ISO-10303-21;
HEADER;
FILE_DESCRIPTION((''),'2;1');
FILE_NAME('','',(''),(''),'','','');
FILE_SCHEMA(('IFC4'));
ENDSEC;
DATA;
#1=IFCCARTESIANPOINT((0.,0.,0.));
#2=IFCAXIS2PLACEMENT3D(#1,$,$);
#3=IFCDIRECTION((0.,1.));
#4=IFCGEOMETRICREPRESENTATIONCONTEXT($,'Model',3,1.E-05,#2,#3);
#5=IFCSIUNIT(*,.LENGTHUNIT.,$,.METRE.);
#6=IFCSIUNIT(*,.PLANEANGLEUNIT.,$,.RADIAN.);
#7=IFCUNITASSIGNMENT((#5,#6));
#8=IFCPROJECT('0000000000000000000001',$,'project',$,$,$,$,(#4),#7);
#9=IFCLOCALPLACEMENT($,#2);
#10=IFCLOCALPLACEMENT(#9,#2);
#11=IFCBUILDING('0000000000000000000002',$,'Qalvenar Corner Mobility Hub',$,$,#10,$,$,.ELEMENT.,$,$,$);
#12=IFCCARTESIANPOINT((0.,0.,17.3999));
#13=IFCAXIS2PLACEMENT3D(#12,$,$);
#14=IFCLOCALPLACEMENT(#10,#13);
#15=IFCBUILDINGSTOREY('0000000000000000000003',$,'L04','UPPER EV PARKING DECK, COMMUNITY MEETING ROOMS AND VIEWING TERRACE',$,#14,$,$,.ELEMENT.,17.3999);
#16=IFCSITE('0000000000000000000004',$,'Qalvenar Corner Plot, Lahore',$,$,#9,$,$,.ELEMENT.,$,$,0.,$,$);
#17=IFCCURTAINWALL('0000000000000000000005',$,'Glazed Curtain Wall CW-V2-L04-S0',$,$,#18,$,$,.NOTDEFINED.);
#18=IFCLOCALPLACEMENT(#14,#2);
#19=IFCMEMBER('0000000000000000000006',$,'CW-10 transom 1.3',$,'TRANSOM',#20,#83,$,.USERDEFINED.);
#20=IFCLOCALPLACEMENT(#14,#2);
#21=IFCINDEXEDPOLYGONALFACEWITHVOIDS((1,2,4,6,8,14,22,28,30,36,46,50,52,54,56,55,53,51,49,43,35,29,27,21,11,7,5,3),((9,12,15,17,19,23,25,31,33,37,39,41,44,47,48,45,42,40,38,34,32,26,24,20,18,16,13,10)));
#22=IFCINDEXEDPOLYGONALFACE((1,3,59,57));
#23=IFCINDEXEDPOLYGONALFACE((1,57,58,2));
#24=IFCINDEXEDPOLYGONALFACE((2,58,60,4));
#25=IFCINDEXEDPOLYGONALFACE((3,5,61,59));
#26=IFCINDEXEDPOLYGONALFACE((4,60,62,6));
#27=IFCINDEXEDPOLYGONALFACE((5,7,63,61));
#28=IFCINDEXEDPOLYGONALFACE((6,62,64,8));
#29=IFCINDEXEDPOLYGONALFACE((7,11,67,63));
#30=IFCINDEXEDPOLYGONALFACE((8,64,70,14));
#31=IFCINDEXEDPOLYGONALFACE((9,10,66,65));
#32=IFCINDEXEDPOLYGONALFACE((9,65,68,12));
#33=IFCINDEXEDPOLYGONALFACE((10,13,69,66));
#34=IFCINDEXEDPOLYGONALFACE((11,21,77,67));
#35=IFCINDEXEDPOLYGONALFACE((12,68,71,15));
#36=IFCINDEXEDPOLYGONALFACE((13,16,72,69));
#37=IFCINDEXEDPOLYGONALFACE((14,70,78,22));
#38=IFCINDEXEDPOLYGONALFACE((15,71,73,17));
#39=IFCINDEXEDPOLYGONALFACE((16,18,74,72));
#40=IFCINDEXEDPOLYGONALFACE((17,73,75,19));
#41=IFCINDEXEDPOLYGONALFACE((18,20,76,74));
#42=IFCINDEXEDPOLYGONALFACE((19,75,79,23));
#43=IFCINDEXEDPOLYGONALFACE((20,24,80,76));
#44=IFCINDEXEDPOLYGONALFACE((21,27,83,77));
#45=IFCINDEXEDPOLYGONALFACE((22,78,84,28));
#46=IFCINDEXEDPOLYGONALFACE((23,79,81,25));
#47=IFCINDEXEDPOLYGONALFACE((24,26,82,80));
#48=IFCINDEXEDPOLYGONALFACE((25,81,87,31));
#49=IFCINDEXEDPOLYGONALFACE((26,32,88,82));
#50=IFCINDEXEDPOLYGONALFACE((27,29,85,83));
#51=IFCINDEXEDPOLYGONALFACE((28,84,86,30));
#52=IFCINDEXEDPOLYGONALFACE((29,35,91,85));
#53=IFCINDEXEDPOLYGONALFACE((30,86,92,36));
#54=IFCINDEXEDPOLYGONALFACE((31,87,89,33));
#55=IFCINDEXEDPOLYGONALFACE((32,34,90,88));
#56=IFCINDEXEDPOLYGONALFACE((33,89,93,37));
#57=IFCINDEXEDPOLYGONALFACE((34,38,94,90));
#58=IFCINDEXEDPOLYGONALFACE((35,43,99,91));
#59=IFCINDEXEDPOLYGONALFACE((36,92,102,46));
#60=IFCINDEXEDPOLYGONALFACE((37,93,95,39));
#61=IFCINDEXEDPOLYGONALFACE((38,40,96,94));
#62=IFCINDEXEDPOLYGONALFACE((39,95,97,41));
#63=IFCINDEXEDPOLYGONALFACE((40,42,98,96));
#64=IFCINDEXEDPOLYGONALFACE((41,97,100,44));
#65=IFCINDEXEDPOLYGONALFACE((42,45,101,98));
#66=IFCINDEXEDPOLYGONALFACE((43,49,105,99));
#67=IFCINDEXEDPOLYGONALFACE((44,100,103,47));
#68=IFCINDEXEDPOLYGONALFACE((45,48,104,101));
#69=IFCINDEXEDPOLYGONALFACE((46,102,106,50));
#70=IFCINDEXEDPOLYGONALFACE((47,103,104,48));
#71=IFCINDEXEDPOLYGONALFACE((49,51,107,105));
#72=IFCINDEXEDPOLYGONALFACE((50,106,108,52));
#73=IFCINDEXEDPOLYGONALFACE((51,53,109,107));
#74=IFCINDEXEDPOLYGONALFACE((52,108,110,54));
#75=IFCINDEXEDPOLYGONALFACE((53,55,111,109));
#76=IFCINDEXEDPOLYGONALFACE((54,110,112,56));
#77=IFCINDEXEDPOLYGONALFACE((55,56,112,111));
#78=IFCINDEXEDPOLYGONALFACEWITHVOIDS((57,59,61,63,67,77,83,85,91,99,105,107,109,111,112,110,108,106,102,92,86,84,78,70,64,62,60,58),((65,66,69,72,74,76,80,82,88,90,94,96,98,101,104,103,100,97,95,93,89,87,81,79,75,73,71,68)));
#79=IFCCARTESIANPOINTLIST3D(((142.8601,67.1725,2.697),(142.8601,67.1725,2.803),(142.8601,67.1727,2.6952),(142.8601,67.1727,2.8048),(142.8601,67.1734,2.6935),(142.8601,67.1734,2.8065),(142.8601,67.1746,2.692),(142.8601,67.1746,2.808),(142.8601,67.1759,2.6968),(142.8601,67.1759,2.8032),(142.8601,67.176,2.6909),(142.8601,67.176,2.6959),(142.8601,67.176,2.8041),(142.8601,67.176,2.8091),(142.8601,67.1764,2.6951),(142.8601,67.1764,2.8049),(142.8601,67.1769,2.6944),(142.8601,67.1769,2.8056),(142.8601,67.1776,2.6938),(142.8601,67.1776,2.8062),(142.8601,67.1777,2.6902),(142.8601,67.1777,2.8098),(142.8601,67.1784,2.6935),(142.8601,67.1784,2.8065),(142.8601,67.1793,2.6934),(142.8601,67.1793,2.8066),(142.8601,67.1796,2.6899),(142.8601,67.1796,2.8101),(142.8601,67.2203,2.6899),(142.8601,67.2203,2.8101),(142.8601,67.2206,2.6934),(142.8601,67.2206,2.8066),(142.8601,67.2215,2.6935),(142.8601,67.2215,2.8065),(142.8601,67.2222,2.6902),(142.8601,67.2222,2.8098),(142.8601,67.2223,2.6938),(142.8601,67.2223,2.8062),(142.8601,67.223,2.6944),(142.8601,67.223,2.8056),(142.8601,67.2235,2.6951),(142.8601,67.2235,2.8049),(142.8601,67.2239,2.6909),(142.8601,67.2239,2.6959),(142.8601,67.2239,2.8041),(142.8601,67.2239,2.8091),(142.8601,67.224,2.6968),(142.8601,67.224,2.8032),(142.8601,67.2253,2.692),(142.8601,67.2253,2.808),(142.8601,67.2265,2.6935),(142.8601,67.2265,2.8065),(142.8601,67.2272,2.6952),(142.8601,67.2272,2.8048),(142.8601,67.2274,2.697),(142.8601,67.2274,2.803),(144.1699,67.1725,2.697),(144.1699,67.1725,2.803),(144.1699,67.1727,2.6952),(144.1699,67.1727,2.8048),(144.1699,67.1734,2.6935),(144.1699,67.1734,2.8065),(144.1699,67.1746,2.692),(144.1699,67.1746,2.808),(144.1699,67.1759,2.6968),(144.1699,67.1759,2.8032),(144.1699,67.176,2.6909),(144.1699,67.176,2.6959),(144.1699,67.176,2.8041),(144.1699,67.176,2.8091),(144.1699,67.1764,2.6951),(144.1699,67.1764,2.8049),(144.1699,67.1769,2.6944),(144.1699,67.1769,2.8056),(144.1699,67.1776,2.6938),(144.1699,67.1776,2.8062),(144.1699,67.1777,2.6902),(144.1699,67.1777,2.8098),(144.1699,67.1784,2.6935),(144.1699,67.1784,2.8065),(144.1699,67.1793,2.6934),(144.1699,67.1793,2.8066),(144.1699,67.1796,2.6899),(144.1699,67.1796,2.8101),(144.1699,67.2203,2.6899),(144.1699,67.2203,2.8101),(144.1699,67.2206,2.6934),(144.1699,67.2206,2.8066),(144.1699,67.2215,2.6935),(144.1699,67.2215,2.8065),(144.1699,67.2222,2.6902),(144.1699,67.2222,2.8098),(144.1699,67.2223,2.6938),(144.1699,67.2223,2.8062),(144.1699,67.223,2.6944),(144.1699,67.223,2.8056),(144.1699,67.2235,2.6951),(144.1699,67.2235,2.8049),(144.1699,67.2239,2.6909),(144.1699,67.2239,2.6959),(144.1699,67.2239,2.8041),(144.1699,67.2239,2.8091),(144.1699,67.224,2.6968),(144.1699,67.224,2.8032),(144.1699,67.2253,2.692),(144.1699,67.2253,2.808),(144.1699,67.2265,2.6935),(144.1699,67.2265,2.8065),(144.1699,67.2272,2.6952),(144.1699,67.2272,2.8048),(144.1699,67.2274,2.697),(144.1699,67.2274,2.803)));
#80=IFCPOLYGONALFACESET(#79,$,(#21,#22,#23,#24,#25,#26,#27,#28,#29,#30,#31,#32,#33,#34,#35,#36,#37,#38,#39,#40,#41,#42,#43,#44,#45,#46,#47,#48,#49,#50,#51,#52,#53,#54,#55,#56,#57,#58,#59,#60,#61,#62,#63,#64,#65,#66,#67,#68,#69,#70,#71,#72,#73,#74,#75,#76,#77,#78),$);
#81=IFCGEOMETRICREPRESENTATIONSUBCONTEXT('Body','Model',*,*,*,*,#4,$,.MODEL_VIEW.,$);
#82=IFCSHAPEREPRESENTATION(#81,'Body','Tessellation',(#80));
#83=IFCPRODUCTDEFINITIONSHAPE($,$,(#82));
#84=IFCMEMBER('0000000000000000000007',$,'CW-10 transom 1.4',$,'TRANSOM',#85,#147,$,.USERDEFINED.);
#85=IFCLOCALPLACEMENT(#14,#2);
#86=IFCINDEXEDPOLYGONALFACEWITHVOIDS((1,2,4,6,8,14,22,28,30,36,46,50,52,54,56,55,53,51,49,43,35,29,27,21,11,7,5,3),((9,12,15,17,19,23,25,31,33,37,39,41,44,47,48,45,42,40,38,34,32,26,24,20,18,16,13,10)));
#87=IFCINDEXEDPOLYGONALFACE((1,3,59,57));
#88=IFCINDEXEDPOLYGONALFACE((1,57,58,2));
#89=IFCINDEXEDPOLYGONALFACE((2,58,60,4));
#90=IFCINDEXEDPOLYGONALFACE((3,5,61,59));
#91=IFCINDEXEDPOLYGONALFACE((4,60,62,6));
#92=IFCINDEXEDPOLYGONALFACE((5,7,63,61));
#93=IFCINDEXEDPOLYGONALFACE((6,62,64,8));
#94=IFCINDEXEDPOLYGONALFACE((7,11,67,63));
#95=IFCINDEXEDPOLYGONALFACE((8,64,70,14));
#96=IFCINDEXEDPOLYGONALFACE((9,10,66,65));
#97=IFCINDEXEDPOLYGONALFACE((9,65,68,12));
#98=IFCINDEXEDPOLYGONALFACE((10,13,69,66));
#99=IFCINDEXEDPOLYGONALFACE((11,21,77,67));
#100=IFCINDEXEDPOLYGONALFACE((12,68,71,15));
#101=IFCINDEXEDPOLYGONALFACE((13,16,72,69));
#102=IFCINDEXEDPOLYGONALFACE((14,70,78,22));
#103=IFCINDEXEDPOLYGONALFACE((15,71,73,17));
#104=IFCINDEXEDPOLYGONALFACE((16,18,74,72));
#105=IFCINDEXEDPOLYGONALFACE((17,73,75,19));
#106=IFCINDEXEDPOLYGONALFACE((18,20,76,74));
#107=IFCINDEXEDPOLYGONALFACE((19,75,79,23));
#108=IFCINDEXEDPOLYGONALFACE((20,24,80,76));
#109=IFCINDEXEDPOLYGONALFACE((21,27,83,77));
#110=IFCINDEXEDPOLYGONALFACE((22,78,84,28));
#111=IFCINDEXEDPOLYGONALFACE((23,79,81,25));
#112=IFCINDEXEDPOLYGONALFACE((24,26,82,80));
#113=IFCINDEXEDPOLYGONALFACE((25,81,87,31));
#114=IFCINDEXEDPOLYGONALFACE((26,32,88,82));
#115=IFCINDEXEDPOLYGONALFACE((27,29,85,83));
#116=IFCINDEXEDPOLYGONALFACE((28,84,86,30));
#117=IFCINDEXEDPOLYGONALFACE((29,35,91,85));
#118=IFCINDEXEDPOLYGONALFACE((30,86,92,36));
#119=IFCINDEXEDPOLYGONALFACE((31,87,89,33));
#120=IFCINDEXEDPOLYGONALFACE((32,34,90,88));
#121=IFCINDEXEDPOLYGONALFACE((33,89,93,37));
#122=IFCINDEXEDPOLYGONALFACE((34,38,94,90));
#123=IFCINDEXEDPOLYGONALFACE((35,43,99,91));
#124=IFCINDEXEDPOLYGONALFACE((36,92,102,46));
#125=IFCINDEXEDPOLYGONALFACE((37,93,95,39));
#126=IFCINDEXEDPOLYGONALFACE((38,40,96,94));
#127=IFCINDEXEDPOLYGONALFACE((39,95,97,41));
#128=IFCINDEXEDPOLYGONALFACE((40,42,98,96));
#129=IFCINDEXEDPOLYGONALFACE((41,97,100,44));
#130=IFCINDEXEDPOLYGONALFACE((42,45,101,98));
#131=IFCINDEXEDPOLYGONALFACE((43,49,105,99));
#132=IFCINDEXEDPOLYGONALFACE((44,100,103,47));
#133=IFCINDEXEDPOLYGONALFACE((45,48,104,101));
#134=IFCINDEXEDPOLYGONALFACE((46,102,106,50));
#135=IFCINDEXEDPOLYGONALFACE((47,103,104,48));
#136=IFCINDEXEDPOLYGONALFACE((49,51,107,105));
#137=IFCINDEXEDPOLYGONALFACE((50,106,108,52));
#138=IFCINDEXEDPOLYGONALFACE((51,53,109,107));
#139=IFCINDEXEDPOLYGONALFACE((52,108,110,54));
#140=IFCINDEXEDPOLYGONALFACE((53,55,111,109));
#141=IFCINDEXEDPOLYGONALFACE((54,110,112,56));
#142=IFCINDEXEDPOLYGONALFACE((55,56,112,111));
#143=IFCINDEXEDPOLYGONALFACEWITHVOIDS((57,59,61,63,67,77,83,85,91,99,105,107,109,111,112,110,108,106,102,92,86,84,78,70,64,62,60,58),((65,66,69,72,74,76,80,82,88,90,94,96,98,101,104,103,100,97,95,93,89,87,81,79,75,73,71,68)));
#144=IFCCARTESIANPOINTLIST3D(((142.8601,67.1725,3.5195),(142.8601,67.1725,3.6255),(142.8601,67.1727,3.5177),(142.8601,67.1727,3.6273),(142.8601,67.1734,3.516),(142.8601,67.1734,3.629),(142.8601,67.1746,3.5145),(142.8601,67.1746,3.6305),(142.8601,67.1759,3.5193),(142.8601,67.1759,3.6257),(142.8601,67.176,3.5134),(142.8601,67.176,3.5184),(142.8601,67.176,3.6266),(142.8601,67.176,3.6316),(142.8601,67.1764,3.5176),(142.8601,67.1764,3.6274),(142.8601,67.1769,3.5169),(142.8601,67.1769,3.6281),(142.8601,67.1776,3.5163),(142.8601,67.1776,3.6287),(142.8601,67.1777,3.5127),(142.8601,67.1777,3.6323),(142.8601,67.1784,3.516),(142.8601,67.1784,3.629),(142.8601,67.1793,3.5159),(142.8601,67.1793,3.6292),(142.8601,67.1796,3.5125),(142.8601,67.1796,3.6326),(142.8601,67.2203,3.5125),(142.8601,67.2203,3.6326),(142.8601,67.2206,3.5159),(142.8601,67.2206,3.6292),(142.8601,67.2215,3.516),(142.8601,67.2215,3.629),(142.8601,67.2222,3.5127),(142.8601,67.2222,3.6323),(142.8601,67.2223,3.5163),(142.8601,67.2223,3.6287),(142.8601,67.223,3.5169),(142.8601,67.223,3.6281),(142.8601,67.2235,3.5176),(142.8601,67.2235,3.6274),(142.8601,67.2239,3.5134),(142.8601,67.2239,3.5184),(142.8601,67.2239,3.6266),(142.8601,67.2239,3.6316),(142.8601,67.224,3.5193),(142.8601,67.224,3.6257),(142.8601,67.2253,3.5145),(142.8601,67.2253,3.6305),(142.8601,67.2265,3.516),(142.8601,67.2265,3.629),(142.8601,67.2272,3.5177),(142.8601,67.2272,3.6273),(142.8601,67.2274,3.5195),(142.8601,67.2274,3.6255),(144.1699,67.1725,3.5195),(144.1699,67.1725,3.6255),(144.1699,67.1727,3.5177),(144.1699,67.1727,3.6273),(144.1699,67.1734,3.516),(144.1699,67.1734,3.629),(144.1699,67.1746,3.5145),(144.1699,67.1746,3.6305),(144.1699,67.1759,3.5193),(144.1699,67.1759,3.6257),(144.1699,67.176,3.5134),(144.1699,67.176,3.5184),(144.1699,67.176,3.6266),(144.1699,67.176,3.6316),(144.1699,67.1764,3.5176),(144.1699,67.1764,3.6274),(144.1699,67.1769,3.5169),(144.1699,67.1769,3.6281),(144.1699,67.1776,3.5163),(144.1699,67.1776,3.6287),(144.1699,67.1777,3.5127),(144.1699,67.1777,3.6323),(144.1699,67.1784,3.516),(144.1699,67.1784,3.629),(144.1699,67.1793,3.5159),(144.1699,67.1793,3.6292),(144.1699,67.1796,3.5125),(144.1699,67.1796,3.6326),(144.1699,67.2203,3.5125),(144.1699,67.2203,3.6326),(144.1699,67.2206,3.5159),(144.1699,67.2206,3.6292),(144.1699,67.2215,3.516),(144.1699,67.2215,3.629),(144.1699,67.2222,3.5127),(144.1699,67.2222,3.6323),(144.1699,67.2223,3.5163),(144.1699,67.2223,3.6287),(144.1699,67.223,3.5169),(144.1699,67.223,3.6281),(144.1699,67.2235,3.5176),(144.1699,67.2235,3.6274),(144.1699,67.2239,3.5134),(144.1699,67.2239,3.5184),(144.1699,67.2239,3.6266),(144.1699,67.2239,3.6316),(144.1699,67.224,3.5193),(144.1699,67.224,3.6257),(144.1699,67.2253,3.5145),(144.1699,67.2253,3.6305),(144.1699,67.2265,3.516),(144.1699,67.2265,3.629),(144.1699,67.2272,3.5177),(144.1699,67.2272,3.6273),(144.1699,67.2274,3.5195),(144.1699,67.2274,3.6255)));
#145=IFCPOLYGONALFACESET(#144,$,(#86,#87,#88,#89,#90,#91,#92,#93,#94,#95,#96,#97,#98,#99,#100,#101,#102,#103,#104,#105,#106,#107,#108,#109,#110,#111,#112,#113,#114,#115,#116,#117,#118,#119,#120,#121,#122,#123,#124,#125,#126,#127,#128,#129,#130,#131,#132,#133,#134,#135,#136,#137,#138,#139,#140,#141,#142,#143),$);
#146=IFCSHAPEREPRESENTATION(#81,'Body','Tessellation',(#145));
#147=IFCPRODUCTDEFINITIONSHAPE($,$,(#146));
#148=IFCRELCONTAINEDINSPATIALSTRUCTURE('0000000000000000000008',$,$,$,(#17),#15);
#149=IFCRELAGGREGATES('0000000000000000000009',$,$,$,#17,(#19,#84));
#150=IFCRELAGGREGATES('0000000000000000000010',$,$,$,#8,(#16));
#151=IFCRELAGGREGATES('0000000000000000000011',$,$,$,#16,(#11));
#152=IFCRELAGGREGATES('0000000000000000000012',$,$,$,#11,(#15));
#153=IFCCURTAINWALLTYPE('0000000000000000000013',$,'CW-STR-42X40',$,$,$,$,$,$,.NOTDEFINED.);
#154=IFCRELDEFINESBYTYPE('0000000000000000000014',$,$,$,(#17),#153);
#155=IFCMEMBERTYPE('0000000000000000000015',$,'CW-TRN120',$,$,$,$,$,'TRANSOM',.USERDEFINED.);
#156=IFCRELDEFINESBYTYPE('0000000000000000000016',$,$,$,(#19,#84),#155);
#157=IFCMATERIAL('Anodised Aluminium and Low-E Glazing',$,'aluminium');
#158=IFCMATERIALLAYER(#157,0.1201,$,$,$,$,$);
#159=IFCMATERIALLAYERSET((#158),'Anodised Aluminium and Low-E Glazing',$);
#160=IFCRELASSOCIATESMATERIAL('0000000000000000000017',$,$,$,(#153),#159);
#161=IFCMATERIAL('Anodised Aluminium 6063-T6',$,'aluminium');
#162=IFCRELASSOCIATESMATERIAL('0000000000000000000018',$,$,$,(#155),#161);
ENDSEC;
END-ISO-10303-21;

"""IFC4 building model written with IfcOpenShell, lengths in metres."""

from ifc_helpers import new_model, si_unit, direction, frame, origin, origin_2d, place, context, subcontext, project, spatial, hollow_rectangle, extrude, material, layer, layer_set, material_profile, profile_set, type_object, element, aggregate, save


model = new_model("IFC4")

# Units and contexts
model_context = context("Model", 3, precision=1e-05, world=origin(), true_north=direction((0.0, 1.0)))
body_context = subcontext(model_context, "Body", "Model", "MODEL_VIEW")
ifc_project = project(units=[si_unit("LENGTHUNIT", "METRE"), si_unit("PLANEANGLEUNIT", "RADIAN")], contexts=[model_context])

# Site, building, storey
site_placement = place(None, origin())
site = spatial("IfcSite", under=ifc_project, at=site_placement, Name="Qalvenar Corner Plot, Lahore", CompositionType="ELEMENT", RefElevation=0.0)
building_placement = place(site_placement, origin())
building = spatial("IfcBuilding", under=site, at=building_placement, Name="Qalvenar Corner Mobility Hub", CompositionType="ELEMENT")
storey_placement = place(building_placement, frame((0.0, 0.0, 17.3999)))
storey = spatial("IfcBuildingStorey", under=building, at=storey_placement, Name="L04", Description="UPPER EV PARKING DECK, COMMUNITY MEETING ROOMS AND VIEWING TERRACE", CompositionType="ELEMENT", Elevation=17.3999)

# Curtain wall, members
ifc_material_1 = material(Name="Anodised Aluminium and Low-E Glazing", Category="aluminium")
ifc_layer_1 = layer(ifc_material_1, 0.1201)
ifc_layer_set_1 = layer_set([ifc_layer_1], Name="Anodised Aluminium and Low-E Glazing")
curtain_wall_type = type_object("IfcCurtainWallType", Name="CW-STR-42X40", PredefinedType="NOTDEFINED", material=ifc_layer_set_1)
curtain_wall_placement = place(storey_placement, origin())
curtain_wall = element("IfcCurtainWall", 1, at=curtain_wall_placement, inside=storey, type_object=curtain_wall_type, Name="Glazed Curtain Wall CW-V2-L04-S0", PredefinedType="NOTDEFINED")
ifc_material_2 = material(Name="Anodised Aluminium 6063-T6", Category="aluminium")
ifc_material_profile_1 = material_profile(ifc_material_2, hollow_rectangle(XDim=0.0549, YDim=0.1201, WallThickness=0.0034, InnerFilletRadius=0.0034, OuterFilletRadius=0.0071, at=origin_2d()), Name="RHS120x55x3.5")
ifc_profile_set_1 = profile_set([ifc_material_profile_1], Name="Anodised Aluminium 6063-T6")
member_type_1 = type_object("IfcMemberType", Name="CW-TRN120", ElementType="TRANSOM", PredefinedType="USERDEFINED", material=ifc_profile_set_1)
member_1_placement = place(storey_placement, frame((142.8601, 67.2, 2.75), z_axis=(1.0, 0.0, 0.0), x_axis=(0.0, 1.0, 0.0)))
member_1 = element("IfcMember", 2, at=member_1_placement, type_object=member_type_1, Name="CW-10 transom 1.3", ObjectType="TRANSOM", PredefinedType="USERDEFINED", context=body_context, shape_type="SweptSolid", body=[
    extrude(hollow_rectangle(XDim=0.0549, YDim=0.1201, WallThickness=0.0034, InnerFilletRadius=0.0034, OuterFilletRadius=0.0071, at=origin_2d()), origin(), (0.0, 0.0, 1.0), 1.3098),
])
member_2_placement = place(storey_placement, frame((142.8601, 67.2, 3.5725), z_axis=(1.0, 0.0, 0.0), x_axis=(0.0, 1.0, 0.0)))
member_2 = element("IfcMember", 3, at=member_2_placement, type_object=member_type_1, Name="CW-10 transom 1.4", ObjectType="TRANSOM", PredefinedType="USERDEFINED", context=body_context, shape_type="SweptSolid", body=[
    extrude(hollow_rectangle(XDim=0.0549, YDim=0.1201, WallThickness=0.0034, InnerFilletRadius=0.0034, OuterFilletRadius=0.0071, at=origin_2d()), origin(), (0.0, 0.0, 1.0), 1.3098),
])
aggregate(curtain_wall, [member_1, member_2])

save(model, "model.ifc")
